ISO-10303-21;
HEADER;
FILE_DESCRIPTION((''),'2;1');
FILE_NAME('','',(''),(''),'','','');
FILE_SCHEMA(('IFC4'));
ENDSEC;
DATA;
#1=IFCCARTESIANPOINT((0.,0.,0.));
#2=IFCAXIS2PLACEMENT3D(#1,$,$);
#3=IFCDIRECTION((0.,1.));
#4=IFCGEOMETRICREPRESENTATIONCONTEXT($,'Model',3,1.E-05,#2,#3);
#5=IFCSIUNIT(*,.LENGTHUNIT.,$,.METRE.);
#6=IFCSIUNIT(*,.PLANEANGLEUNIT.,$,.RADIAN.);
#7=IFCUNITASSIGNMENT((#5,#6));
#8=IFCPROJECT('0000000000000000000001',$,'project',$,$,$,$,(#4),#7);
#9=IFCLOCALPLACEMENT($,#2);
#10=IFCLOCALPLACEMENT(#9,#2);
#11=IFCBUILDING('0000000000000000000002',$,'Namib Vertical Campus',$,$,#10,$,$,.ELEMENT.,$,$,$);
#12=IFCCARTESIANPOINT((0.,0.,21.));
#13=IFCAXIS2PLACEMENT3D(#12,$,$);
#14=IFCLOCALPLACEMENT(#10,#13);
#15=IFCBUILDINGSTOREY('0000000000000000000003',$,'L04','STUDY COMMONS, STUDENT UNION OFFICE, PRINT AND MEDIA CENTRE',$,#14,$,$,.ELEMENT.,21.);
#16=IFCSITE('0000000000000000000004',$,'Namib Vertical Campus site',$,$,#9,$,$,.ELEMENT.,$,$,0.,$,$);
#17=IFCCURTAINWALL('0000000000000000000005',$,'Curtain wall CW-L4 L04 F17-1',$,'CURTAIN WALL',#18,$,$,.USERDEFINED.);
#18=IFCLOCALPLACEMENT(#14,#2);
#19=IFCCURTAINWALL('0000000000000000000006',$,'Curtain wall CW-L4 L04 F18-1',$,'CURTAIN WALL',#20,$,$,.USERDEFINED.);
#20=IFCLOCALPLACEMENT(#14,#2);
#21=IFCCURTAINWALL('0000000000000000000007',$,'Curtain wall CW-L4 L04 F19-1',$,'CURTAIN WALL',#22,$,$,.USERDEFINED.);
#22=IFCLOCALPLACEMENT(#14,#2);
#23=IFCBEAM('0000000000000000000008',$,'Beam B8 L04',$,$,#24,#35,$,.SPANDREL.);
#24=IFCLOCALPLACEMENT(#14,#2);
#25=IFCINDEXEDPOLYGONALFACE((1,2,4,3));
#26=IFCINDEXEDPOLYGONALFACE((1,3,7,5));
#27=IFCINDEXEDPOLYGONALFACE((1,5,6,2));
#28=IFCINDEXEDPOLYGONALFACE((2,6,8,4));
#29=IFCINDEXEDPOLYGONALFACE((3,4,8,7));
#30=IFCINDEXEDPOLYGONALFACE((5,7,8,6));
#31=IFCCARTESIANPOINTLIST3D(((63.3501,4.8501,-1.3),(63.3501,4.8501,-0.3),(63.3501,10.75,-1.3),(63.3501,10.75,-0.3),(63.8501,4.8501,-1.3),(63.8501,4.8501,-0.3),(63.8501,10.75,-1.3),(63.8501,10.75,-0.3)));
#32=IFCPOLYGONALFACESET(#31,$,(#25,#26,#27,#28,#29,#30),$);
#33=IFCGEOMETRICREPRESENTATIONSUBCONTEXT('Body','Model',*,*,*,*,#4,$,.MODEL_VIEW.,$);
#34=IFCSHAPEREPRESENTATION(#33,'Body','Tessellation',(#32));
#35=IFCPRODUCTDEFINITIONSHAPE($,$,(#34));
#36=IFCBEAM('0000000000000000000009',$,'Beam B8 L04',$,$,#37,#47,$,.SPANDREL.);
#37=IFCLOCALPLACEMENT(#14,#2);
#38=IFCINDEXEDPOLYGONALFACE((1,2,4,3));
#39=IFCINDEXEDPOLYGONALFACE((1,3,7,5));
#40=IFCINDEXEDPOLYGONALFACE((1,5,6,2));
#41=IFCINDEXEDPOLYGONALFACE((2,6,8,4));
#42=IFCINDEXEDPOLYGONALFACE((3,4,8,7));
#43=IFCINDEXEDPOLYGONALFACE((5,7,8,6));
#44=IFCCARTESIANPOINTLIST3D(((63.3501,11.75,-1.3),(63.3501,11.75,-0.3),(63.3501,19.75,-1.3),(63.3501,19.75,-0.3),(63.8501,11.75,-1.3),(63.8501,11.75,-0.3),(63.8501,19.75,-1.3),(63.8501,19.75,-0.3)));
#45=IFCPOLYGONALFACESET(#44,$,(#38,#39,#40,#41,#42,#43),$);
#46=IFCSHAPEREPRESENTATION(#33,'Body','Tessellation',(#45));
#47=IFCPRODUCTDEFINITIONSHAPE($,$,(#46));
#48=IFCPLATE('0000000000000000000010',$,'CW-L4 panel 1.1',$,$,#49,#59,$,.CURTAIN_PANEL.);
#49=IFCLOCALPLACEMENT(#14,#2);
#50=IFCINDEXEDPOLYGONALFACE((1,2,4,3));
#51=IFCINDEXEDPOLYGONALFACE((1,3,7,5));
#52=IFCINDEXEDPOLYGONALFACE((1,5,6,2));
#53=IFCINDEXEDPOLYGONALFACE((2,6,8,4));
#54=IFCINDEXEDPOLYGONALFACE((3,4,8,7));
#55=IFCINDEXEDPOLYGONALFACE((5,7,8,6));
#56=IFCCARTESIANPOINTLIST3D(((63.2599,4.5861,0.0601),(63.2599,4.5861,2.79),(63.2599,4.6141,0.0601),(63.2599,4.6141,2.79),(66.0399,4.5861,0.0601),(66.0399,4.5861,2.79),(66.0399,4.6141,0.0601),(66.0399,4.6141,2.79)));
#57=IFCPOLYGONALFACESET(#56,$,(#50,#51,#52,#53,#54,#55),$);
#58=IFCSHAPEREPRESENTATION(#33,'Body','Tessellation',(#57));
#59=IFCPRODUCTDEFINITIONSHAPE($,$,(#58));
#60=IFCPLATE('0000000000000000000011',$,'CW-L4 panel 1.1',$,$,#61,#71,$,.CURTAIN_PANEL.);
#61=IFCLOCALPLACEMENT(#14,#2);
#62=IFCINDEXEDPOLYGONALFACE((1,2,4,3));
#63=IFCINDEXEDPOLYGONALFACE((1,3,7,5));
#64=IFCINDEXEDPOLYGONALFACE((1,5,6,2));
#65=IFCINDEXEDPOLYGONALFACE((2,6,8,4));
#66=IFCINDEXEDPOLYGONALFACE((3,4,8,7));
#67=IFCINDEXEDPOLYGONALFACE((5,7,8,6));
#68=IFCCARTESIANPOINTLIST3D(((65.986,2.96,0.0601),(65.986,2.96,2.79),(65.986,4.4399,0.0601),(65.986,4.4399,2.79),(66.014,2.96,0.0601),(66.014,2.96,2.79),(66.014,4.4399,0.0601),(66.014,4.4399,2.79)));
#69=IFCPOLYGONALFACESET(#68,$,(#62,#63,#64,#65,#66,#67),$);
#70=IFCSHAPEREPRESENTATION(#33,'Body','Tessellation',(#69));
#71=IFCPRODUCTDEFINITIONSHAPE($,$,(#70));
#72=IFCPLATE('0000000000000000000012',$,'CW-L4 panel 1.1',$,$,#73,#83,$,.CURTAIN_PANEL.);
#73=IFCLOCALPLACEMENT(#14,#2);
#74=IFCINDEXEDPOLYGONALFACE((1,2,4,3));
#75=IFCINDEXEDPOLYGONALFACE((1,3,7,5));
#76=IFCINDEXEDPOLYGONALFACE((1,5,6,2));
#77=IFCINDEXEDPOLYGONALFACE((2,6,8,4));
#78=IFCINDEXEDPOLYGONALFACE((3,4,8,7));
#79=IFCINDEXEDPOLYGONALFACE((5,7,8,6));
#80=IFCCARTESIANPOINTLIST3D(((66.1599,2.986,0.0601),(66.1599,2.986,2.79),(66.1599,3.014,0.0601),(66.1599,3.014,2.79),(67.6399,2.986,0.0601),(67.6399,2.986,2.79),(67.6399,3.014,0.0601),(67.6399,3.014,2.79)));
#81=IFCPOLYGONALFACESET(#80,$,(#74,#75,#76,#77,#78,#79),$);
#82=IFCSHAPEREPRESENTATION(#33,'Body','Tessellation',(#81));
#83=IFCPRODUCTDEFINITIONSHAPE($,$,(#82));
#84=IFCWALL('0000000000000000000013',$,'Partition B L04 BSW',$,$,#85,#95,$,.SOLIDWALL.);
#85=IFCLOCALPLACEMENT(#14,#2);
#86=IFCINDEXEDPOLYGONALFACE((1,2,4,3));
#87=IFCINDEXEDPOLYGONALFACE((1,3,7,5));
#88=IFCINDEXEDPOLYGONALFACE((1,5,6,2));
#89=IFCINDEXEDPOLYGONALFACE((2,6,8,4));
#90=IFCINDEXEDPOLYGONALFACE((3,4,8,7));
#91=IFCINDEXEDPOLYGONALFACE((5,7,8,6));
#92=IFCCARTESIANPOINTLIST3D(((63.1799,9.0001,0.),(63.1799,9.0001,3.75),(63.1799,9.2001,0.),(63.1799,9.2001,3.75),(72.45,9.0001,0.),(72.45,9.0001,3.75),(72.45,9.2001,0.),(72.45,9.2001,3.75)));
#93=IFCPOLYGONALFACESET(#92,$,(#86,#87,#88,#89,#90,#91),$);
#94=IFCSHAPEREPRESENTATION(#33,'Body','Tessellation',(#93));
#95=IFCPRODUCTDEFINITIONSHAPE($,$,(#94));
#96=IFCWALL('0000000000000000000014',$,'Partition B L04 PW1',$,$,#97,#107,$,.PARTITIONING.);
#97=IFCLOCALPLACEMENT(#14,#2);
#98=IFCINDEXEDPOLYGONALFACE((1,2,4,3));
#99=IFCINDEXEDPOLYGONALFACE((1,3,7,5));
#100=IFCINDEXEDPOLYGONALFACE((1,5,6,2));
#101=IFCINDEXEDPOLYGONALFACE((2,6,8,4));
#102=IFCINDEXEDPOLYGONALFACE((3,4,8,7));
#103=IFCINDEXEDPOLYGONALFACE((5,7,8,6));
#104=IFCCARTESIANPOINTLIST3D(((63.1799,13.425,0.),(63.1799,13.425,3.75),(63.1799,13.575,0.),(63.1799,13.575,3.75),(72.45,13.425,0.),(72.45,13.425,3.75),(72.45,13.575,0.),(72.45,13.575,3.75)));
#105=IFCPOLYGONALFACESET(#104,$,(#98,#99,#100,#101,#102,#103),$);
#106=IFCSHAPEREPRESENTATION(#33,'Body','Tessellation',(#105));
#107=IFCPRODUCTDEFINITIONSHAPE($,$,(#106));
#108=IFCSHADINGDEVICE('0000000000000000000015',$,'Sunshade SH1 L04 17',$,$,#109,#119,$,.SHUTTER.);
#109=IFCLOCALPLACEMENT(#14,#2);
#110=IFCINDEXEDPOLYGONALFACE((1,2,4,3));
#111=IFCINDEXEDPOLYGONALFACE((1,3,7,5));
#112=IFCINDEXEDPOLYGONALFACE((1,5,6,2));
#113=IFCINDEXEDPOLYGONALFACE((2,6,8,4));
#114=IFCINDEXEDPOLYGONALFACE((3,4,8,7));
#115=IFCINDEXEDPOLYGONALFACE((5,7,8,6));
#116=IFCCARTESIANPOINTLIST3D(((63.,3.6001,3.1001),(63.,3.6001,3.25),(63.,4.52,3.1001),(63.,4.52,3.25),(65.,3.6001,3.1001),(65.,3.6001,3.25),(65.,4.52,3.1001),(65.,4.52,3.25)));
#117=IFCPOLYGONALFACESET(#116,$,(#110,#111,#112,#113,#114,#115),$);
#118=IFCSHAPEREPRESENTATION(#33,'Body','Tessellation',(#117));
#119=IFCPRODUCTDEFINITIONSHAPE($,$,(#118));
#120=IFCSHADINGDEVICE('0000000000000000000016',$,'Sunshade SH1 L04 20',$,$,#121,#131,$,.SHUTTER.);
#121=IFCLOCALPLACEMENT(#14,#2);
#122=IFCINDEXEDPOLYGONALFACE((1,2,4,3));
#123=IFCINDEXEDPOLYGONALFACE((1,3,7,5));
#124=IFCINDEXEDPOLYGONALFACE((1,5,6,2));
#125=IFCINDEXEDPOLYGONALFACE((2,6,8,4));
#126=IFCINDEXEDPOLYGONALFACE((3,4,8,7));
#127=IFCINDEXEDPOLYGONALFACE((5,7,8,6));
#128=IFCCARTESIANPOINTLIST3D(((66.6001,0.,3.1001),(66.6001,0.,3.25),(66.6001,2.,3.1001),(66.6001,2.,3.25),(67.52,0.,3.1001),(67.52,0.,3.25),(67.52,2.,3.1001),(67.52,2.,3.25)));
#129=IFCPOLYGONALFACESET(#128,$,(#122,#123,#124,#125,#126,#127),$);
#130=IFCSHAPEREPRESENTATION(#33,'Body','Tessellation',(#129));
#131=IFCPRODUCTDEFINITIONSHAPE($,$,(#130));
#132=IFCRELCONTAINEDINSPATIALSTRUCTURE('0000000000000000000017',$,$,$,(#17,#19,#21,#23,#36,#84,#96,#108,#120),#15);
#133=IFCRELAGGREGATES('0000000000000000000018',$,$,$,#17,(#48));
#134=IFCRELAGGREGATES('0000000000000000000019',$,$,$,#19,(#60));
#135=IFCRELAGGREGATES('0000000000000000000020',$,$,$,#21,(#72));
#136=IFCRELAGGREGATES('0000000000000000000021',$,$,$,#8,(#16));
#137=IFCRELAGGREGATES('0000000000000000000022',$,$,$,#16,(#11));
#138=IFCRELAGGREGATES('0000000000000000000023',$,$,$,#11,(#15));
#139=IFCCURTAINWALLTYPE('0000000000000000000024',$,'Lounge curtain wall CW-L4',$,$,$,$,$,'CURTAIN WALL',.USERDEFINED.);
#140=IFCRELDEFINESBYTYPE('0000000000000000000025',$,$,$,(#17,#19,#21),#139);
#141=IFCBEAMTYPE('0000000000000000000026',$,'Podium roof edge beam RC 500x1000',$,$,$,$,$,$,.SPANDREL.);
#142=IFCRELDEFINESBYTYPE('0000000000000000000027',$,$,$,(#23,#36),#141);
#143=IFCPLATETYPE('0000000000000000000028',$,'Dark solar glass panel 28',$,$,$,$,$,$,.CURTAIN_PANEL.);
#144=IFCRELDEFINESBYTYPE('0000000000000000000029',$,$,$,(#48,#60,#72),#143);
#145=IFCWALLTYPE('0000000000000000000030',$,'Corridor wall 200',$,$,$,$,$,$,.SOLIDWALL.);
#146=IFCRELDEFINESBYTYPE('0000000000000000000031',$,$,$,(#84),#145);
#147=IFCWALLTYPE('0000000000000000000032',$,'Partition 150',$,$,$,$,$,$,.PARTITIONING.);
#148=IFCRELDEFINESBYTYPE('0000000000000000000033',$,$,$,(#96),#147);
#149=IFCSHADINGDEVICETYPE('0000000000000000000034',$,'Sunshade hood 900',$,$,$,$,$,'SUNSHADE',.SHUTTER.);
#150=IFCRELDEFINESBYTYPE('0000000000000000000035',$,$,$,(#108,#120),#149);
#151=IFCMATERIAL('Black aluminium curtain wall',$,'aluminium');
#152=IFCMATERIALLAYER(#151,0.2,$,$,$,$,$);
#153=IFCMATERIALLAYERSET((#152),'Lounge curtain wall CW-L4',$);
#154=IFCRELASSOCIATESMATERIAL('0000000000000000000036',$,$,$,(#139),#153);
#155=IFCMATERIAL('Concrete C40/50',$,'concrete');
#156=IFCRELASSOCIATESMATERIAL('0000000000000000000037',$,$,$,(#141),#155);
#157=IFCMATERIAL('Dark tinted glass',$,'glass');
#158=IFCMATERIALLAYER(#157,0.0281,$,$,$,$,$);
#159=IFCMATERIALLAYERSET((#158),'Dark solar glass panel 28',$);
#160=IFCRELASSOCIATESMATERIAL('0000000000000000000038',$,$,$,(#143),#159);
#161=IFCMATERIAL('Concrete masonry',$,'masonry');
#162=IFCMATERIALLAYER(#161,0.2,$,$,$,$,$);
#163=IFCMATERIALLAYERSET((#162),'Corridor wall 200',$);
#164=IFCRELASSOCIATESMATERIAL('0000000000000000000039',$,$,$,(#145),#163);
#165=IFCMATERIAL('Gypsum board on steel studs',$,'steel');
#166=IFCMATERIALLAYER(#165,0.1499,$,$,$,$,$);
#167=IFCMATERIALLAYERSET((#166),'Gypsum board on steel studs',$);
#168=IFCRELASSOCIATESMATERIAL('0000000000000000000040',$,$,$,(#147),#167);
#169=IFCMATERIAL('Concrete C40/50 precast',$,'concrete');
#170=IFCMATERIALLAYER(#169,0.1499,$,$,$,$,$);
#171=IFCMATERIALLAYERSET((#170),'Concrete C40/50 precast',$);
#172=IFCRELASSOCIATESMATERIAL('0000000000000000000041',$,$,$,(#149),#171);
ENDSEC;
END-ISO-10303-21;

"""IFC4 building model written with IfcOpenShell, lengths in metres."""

from ifc_helpers import new_model, si_unit, direction, frame, frame_2d, origin, origin_2d, place, context, subcontext, project, spatial, rectangle, extrude, material, layer, layer_set, material_profile, profile_set, type_object, element, aggregate, save


model = new_model("IFC4")

# Units and contexts
model_context = context("Model", 3, precision=1e-05, world=origin(), true_north=direction((0.0, 1.0)))
body_context = subcontext(model_context, "Body", "Model", "MODEL_VIEW")
ifc_project = project(units=[si_unit("LENGTHUNIT", "METRE"), si_unit("PLANEANGLEUNIT", "RADIAN")], contexts=[model_context])

# Site, building, storey
site_placement = place(None, origin())
site = spatial("IfcSite", under=ifc_project, at=site_placement, Name="Namib Vertical Campus site", CompositionType="ELEMENT", RefElevation=0.0)
building_placement = place(site_placement, origin())
building = spatial("IfcBuilding", under=site, at=building_placement, Name="Namib Vertical Campus", CompositionType="ELEMENT")
storey_placement = place(building_placement, frame((0.0, 0.0, 21.0)))
storey = spatial("IfcBuildingStorey", under=building, at=storey_placement, Name="L04", Description="STUDY COMMONS, STUDENT UNION OFFICE, PRINT AND MEDIA CENTRE", CompositionType="ELEMENT", Elevation=21.0)

# Shared definitions
ifc_material_1 = material(Name="Black aluminium curtain wall", Category="aluminium")
ifc_layer_1 = layer(ifc_material_1, 0.2)
ifc_layer_set_1 = layer_set([ifc_layer_1], Name="Lounge curtain wall CW-L4")
curtain_wall_type = type_object("IfcCurtainWallType", Name="Lounge curtain wall CW-L4", ElementType="CURTAIN WALL", PredefinedType="USERDEFINED", material=ifc_layer_set_1)

# Curtain walls
curtain_wall_1_placement = place(storey_placement, origin())
curtain_wall_1 = element("IfcCurtainWall", 1, at=curtain_wall_1_placement, inside=storey, type_object=curtain_wall_type, Name="Curtain wall CW-L4 L04 F17-1", ObjectType="CURTAIN WALL", PredefinedType="USERDEFINED")
curtain_wall_2_placement = place(storey_placement, origin())
curtain_wall_2 = element("IfcCurtainWall", 2, at=curtain_wall_2_placement, inside=storey, type_object=curtain_wall_type, Name="Curtain wall CW-L4 L04 F18-1", ObjectType="CURTAIN WALL", PredefinedType="USERDEFINED")

# Curtain wall
curtain_wall_3_placement = place(storey_placement, origin())
curtain_wall_3 = element("IfcCurtainWall", 3, at=curtain_wall_3_placement, inside=storey, type_object=curtain_wall_type, Name="Curtain wall CW-L4 L04 F19-1", ObjectType="CURTAIN WALL", PredefinedType="USERDEFINED")

# Beams
ifc_material_2 = material(Name="Concrete C40/50", Category="concrete")
ifc_material_profile_1 = material_profile(ifc_material_2, rectangle(XDim=0.5, YDim=1.0, at=origin_2d()))
ifc_profile_set_1 = profile_set([ifc_material_profile_1], Name="Concrete C40/50")
beam_type_1 = type_object("IfcBeamType", Name="Podium roof edge beam RC 500x1000", PredefinedType="SPANDREL", material=ifc_profile_set_1)
beam_1_placement = place(storey_placement, frame((63.6001, 4.8501, -0.8), z_axis=(0.0, 1.0, 0.0), x_axis=(-1.0, 0.0, 0.0)))
element("IfcBeam", 4, at=beam_1_placement, inside=storey, type_object=beam_type_1, Name="Beam B8 L04", PredefinedType="SPANDREL", context=body_context, shape_type="SweptSolid", body=[
    extrude(rectangle(XDim=0.5, YDim=1.0, at=origin_2d()), origin(), (0.0, 0.0, 1.0), 5.8999),
])
beam_2_placement = place(storey_placement, frame((63.6001, 11.75, -0.8), z_axis=(0.0, 1.0, 0.0), x_axis=(-1.0, 0.0, 0.0)))
element("IfcBeam", 5, at=beam_2_placement, inside=storey, type_object=beam_type_1, Name="Beam B8 L04", PredefinedType="SPANDREL", context=body_context, shape_type="SweptSolid", body=[
    extrude(rectangle(XDim=0.5, YDim=1.0, at=origin_2d()), origin(), (0.0, 0.0, 1.0), 8.0),
])

# Plates
ifc_material_3 = material(Name="Dark tinted glass", Category="glass")
ifc_layer_2 = layer(ifc_material_3, 0.0281)
ifc_layer_set_2 = layer_set([ifc_layer_2], Name="Dark solar glass panel 28")
plate_type = type_object("IfcPlateType", Name="Dark solar glass panel 28", PredefinedType="CURTAIN_PANEL", material=ifc_layer_set_2)
plate_1_placement = place(storey_placement, frame((64.6499, 4.6001, 0.0601), z_axis=(0.0, 0.0, 1.0), x_axis=(1.0, 0.0, 0.0)))
plate_1 = element("IfcPlate", 6, at=plate_1_placement, type_object=plate_type, Name="CW-L4 panel 1.1", PredefinedType="CURTAIN_PANEL", context=body_context, shape_type="SweptSolid", body=[
    extrude(rectangle(XDim=2.78, YDim=0.0281, at=origin_2d()), origin(), (0.0, 0.0, 1.0), 2.73),
])
aggregate(curtain_wall_1, [plate_1])
plate_2_placement = place(storey_placement, frame((66.0, 3.7, 0.0601), z_axis=(0.0, 0.0, 1.0), x_axis=(0.0, -1.0, 0.0)))
plate_2 = element("IfcPlate", 7, at=plate_2_placement, type_object=plate_type, Name="CW-L4 panel 1.1", PredefinedType="CURTAIN_PANEL", context=body_context, shape_type="SweptSolid", body=[
    extrude(rectangle(XDim=1.48, YDim=0.0281, at=origin_2d()), origin(), (0.0, 0.0, 1.0), 2.73),
])
aggregate(curtain_wall_2, [plate_2])
plate_3_placement = place(storey_placement, frame((66.8999, 3.0, 0.0601), z_axis=(0.0, 0.0, 1.0), x_axis=(1.0, 0.0, 0.0)))
plate_3 = element("IfcPlate", 8, at=plate_3_placement, type_object=plate_type, Name="CW-L4 panel 1.1", PredefinedType="CURTAIN_PANEL", context=body_context, shape_type="SweptSolid", body=[
    extrude(rectangle(XDim=1.48, YDim=0.0281, at=origin_2d()), origin(), (0.0, 0.0, 1.0), 2.73),
])
aggregate(curtain_wall_3, [plate_3])

# Walls
ifc_material_4 = material(Name="Concrete masonry", Category="masonry")
ifc_layer_3 = layer(ifc_material_4, 0.2)
ifc_layer_set_3 = layer_set([ifc_layer_3], Name="Corridor wall 200")
wall_type_1 = type_object("IfcWallType", Name="Corridor wall 200", PredefinedType="SOLIDWALL", material=ifc_layer_set_3)
wall_1_placement = place(storey_placement, frame((63.1799, 9.1001, 0.0), z_axis=(0.0, 0.0, 1.0), x_axis=(1.0, 0.0, 0.0)))
element("IfcWall", 9, at=wall_1_placement, inside=storey, type_object=wall_type_1, Name="Partition B L04 BSW", PredefinedType="SOLIDWALL", context=body_context, shape_type="SweptSolid", body=[
    extrude(rectangle(XDim=9.27, YDim=0.2, at=frame_2d((4.635, 0.0))), origin(), (0.0, 0.0, 1.0), 3.75),
])
ifc_material_5 = material(Name="Gypsum board on steel studs", Category="steel")
ifc_layer_4 = layer(ifc_material_5, 0.1499)
ifc_layer_set_4 = layer_set([ifc_layer_4], Name="Gypsum board on steel studs")
wall_type_2 = type_object("IfcWallType", Name="Partition 150", PredefinedType="PARTITIONING", material=ifc_layer_set_4)
wall_2_placement = place(storey_placement, frame((63.1799, 13.5, 0.0), z_axis=(0.0, 0.0, 1.0), x_axis=(1.0, 0.0, 0.0)))
element("IfcWall", 10, at=wall_2_placement, inside=storey, type_object=wall_type_2, Name="Partition B L04 PW1", PredefinedType="PARTITIONING", context=body_context, shape_type="SweptSolid", body=[
    extrude(rectangle(XDim=9.27, YDim=0.1499, at=frame_2d((4.635, 0.0))), origin(), (0.0, 0.0, 1.0), 3.75),
])

# Shading devices
ifc_material_6 = material(Name="Concrete C40/50 precast", Category="concrete")
ifc_layer_5 = layer(ifc_material_6, 0.1499)
ifc_layer_set_5 = layer_set([ifc_layer_5], Name="Concrete C40/50 precast")
shading_device_type = type_object("IfcShadingDeviceType", Name="Sunshade hood 900", ElementType="SUNSHADE", PredefinedType="SHUTTER", material=ifc_layer_set_5)
for number, where, z_axis, x_axis, name in (
    (11, (64.0, 4.0601, 3.1001), (0.0, 0.0, 1.0), (1.0, 0.0, 0.0), "Sunshade SH1 L04 17"),
    (12, (67.0601, 1.0, 3.1001), (0.0, 0.0, 1.0), (0.0, -1.0, 0.0), "Sunshade SH1 L04 20"),
):
    element("IfcShadingDevice", number, at=place(storey_placement, frame(where, z_axis=z_axis, x_axis=x_axis)), inside=storey, type_object=shading_device_type, Name=name, PredefinedType="SHUTTER", context=body_context, shape_type="SweptSolid", body=[
        extrude(rectangle(XDim=2.0, YDim=0.9199, at=origin_2d()), origin(), (0.0, 0.0, 1.0), 0.1499),
    ])

save(model, "model.ifc")
